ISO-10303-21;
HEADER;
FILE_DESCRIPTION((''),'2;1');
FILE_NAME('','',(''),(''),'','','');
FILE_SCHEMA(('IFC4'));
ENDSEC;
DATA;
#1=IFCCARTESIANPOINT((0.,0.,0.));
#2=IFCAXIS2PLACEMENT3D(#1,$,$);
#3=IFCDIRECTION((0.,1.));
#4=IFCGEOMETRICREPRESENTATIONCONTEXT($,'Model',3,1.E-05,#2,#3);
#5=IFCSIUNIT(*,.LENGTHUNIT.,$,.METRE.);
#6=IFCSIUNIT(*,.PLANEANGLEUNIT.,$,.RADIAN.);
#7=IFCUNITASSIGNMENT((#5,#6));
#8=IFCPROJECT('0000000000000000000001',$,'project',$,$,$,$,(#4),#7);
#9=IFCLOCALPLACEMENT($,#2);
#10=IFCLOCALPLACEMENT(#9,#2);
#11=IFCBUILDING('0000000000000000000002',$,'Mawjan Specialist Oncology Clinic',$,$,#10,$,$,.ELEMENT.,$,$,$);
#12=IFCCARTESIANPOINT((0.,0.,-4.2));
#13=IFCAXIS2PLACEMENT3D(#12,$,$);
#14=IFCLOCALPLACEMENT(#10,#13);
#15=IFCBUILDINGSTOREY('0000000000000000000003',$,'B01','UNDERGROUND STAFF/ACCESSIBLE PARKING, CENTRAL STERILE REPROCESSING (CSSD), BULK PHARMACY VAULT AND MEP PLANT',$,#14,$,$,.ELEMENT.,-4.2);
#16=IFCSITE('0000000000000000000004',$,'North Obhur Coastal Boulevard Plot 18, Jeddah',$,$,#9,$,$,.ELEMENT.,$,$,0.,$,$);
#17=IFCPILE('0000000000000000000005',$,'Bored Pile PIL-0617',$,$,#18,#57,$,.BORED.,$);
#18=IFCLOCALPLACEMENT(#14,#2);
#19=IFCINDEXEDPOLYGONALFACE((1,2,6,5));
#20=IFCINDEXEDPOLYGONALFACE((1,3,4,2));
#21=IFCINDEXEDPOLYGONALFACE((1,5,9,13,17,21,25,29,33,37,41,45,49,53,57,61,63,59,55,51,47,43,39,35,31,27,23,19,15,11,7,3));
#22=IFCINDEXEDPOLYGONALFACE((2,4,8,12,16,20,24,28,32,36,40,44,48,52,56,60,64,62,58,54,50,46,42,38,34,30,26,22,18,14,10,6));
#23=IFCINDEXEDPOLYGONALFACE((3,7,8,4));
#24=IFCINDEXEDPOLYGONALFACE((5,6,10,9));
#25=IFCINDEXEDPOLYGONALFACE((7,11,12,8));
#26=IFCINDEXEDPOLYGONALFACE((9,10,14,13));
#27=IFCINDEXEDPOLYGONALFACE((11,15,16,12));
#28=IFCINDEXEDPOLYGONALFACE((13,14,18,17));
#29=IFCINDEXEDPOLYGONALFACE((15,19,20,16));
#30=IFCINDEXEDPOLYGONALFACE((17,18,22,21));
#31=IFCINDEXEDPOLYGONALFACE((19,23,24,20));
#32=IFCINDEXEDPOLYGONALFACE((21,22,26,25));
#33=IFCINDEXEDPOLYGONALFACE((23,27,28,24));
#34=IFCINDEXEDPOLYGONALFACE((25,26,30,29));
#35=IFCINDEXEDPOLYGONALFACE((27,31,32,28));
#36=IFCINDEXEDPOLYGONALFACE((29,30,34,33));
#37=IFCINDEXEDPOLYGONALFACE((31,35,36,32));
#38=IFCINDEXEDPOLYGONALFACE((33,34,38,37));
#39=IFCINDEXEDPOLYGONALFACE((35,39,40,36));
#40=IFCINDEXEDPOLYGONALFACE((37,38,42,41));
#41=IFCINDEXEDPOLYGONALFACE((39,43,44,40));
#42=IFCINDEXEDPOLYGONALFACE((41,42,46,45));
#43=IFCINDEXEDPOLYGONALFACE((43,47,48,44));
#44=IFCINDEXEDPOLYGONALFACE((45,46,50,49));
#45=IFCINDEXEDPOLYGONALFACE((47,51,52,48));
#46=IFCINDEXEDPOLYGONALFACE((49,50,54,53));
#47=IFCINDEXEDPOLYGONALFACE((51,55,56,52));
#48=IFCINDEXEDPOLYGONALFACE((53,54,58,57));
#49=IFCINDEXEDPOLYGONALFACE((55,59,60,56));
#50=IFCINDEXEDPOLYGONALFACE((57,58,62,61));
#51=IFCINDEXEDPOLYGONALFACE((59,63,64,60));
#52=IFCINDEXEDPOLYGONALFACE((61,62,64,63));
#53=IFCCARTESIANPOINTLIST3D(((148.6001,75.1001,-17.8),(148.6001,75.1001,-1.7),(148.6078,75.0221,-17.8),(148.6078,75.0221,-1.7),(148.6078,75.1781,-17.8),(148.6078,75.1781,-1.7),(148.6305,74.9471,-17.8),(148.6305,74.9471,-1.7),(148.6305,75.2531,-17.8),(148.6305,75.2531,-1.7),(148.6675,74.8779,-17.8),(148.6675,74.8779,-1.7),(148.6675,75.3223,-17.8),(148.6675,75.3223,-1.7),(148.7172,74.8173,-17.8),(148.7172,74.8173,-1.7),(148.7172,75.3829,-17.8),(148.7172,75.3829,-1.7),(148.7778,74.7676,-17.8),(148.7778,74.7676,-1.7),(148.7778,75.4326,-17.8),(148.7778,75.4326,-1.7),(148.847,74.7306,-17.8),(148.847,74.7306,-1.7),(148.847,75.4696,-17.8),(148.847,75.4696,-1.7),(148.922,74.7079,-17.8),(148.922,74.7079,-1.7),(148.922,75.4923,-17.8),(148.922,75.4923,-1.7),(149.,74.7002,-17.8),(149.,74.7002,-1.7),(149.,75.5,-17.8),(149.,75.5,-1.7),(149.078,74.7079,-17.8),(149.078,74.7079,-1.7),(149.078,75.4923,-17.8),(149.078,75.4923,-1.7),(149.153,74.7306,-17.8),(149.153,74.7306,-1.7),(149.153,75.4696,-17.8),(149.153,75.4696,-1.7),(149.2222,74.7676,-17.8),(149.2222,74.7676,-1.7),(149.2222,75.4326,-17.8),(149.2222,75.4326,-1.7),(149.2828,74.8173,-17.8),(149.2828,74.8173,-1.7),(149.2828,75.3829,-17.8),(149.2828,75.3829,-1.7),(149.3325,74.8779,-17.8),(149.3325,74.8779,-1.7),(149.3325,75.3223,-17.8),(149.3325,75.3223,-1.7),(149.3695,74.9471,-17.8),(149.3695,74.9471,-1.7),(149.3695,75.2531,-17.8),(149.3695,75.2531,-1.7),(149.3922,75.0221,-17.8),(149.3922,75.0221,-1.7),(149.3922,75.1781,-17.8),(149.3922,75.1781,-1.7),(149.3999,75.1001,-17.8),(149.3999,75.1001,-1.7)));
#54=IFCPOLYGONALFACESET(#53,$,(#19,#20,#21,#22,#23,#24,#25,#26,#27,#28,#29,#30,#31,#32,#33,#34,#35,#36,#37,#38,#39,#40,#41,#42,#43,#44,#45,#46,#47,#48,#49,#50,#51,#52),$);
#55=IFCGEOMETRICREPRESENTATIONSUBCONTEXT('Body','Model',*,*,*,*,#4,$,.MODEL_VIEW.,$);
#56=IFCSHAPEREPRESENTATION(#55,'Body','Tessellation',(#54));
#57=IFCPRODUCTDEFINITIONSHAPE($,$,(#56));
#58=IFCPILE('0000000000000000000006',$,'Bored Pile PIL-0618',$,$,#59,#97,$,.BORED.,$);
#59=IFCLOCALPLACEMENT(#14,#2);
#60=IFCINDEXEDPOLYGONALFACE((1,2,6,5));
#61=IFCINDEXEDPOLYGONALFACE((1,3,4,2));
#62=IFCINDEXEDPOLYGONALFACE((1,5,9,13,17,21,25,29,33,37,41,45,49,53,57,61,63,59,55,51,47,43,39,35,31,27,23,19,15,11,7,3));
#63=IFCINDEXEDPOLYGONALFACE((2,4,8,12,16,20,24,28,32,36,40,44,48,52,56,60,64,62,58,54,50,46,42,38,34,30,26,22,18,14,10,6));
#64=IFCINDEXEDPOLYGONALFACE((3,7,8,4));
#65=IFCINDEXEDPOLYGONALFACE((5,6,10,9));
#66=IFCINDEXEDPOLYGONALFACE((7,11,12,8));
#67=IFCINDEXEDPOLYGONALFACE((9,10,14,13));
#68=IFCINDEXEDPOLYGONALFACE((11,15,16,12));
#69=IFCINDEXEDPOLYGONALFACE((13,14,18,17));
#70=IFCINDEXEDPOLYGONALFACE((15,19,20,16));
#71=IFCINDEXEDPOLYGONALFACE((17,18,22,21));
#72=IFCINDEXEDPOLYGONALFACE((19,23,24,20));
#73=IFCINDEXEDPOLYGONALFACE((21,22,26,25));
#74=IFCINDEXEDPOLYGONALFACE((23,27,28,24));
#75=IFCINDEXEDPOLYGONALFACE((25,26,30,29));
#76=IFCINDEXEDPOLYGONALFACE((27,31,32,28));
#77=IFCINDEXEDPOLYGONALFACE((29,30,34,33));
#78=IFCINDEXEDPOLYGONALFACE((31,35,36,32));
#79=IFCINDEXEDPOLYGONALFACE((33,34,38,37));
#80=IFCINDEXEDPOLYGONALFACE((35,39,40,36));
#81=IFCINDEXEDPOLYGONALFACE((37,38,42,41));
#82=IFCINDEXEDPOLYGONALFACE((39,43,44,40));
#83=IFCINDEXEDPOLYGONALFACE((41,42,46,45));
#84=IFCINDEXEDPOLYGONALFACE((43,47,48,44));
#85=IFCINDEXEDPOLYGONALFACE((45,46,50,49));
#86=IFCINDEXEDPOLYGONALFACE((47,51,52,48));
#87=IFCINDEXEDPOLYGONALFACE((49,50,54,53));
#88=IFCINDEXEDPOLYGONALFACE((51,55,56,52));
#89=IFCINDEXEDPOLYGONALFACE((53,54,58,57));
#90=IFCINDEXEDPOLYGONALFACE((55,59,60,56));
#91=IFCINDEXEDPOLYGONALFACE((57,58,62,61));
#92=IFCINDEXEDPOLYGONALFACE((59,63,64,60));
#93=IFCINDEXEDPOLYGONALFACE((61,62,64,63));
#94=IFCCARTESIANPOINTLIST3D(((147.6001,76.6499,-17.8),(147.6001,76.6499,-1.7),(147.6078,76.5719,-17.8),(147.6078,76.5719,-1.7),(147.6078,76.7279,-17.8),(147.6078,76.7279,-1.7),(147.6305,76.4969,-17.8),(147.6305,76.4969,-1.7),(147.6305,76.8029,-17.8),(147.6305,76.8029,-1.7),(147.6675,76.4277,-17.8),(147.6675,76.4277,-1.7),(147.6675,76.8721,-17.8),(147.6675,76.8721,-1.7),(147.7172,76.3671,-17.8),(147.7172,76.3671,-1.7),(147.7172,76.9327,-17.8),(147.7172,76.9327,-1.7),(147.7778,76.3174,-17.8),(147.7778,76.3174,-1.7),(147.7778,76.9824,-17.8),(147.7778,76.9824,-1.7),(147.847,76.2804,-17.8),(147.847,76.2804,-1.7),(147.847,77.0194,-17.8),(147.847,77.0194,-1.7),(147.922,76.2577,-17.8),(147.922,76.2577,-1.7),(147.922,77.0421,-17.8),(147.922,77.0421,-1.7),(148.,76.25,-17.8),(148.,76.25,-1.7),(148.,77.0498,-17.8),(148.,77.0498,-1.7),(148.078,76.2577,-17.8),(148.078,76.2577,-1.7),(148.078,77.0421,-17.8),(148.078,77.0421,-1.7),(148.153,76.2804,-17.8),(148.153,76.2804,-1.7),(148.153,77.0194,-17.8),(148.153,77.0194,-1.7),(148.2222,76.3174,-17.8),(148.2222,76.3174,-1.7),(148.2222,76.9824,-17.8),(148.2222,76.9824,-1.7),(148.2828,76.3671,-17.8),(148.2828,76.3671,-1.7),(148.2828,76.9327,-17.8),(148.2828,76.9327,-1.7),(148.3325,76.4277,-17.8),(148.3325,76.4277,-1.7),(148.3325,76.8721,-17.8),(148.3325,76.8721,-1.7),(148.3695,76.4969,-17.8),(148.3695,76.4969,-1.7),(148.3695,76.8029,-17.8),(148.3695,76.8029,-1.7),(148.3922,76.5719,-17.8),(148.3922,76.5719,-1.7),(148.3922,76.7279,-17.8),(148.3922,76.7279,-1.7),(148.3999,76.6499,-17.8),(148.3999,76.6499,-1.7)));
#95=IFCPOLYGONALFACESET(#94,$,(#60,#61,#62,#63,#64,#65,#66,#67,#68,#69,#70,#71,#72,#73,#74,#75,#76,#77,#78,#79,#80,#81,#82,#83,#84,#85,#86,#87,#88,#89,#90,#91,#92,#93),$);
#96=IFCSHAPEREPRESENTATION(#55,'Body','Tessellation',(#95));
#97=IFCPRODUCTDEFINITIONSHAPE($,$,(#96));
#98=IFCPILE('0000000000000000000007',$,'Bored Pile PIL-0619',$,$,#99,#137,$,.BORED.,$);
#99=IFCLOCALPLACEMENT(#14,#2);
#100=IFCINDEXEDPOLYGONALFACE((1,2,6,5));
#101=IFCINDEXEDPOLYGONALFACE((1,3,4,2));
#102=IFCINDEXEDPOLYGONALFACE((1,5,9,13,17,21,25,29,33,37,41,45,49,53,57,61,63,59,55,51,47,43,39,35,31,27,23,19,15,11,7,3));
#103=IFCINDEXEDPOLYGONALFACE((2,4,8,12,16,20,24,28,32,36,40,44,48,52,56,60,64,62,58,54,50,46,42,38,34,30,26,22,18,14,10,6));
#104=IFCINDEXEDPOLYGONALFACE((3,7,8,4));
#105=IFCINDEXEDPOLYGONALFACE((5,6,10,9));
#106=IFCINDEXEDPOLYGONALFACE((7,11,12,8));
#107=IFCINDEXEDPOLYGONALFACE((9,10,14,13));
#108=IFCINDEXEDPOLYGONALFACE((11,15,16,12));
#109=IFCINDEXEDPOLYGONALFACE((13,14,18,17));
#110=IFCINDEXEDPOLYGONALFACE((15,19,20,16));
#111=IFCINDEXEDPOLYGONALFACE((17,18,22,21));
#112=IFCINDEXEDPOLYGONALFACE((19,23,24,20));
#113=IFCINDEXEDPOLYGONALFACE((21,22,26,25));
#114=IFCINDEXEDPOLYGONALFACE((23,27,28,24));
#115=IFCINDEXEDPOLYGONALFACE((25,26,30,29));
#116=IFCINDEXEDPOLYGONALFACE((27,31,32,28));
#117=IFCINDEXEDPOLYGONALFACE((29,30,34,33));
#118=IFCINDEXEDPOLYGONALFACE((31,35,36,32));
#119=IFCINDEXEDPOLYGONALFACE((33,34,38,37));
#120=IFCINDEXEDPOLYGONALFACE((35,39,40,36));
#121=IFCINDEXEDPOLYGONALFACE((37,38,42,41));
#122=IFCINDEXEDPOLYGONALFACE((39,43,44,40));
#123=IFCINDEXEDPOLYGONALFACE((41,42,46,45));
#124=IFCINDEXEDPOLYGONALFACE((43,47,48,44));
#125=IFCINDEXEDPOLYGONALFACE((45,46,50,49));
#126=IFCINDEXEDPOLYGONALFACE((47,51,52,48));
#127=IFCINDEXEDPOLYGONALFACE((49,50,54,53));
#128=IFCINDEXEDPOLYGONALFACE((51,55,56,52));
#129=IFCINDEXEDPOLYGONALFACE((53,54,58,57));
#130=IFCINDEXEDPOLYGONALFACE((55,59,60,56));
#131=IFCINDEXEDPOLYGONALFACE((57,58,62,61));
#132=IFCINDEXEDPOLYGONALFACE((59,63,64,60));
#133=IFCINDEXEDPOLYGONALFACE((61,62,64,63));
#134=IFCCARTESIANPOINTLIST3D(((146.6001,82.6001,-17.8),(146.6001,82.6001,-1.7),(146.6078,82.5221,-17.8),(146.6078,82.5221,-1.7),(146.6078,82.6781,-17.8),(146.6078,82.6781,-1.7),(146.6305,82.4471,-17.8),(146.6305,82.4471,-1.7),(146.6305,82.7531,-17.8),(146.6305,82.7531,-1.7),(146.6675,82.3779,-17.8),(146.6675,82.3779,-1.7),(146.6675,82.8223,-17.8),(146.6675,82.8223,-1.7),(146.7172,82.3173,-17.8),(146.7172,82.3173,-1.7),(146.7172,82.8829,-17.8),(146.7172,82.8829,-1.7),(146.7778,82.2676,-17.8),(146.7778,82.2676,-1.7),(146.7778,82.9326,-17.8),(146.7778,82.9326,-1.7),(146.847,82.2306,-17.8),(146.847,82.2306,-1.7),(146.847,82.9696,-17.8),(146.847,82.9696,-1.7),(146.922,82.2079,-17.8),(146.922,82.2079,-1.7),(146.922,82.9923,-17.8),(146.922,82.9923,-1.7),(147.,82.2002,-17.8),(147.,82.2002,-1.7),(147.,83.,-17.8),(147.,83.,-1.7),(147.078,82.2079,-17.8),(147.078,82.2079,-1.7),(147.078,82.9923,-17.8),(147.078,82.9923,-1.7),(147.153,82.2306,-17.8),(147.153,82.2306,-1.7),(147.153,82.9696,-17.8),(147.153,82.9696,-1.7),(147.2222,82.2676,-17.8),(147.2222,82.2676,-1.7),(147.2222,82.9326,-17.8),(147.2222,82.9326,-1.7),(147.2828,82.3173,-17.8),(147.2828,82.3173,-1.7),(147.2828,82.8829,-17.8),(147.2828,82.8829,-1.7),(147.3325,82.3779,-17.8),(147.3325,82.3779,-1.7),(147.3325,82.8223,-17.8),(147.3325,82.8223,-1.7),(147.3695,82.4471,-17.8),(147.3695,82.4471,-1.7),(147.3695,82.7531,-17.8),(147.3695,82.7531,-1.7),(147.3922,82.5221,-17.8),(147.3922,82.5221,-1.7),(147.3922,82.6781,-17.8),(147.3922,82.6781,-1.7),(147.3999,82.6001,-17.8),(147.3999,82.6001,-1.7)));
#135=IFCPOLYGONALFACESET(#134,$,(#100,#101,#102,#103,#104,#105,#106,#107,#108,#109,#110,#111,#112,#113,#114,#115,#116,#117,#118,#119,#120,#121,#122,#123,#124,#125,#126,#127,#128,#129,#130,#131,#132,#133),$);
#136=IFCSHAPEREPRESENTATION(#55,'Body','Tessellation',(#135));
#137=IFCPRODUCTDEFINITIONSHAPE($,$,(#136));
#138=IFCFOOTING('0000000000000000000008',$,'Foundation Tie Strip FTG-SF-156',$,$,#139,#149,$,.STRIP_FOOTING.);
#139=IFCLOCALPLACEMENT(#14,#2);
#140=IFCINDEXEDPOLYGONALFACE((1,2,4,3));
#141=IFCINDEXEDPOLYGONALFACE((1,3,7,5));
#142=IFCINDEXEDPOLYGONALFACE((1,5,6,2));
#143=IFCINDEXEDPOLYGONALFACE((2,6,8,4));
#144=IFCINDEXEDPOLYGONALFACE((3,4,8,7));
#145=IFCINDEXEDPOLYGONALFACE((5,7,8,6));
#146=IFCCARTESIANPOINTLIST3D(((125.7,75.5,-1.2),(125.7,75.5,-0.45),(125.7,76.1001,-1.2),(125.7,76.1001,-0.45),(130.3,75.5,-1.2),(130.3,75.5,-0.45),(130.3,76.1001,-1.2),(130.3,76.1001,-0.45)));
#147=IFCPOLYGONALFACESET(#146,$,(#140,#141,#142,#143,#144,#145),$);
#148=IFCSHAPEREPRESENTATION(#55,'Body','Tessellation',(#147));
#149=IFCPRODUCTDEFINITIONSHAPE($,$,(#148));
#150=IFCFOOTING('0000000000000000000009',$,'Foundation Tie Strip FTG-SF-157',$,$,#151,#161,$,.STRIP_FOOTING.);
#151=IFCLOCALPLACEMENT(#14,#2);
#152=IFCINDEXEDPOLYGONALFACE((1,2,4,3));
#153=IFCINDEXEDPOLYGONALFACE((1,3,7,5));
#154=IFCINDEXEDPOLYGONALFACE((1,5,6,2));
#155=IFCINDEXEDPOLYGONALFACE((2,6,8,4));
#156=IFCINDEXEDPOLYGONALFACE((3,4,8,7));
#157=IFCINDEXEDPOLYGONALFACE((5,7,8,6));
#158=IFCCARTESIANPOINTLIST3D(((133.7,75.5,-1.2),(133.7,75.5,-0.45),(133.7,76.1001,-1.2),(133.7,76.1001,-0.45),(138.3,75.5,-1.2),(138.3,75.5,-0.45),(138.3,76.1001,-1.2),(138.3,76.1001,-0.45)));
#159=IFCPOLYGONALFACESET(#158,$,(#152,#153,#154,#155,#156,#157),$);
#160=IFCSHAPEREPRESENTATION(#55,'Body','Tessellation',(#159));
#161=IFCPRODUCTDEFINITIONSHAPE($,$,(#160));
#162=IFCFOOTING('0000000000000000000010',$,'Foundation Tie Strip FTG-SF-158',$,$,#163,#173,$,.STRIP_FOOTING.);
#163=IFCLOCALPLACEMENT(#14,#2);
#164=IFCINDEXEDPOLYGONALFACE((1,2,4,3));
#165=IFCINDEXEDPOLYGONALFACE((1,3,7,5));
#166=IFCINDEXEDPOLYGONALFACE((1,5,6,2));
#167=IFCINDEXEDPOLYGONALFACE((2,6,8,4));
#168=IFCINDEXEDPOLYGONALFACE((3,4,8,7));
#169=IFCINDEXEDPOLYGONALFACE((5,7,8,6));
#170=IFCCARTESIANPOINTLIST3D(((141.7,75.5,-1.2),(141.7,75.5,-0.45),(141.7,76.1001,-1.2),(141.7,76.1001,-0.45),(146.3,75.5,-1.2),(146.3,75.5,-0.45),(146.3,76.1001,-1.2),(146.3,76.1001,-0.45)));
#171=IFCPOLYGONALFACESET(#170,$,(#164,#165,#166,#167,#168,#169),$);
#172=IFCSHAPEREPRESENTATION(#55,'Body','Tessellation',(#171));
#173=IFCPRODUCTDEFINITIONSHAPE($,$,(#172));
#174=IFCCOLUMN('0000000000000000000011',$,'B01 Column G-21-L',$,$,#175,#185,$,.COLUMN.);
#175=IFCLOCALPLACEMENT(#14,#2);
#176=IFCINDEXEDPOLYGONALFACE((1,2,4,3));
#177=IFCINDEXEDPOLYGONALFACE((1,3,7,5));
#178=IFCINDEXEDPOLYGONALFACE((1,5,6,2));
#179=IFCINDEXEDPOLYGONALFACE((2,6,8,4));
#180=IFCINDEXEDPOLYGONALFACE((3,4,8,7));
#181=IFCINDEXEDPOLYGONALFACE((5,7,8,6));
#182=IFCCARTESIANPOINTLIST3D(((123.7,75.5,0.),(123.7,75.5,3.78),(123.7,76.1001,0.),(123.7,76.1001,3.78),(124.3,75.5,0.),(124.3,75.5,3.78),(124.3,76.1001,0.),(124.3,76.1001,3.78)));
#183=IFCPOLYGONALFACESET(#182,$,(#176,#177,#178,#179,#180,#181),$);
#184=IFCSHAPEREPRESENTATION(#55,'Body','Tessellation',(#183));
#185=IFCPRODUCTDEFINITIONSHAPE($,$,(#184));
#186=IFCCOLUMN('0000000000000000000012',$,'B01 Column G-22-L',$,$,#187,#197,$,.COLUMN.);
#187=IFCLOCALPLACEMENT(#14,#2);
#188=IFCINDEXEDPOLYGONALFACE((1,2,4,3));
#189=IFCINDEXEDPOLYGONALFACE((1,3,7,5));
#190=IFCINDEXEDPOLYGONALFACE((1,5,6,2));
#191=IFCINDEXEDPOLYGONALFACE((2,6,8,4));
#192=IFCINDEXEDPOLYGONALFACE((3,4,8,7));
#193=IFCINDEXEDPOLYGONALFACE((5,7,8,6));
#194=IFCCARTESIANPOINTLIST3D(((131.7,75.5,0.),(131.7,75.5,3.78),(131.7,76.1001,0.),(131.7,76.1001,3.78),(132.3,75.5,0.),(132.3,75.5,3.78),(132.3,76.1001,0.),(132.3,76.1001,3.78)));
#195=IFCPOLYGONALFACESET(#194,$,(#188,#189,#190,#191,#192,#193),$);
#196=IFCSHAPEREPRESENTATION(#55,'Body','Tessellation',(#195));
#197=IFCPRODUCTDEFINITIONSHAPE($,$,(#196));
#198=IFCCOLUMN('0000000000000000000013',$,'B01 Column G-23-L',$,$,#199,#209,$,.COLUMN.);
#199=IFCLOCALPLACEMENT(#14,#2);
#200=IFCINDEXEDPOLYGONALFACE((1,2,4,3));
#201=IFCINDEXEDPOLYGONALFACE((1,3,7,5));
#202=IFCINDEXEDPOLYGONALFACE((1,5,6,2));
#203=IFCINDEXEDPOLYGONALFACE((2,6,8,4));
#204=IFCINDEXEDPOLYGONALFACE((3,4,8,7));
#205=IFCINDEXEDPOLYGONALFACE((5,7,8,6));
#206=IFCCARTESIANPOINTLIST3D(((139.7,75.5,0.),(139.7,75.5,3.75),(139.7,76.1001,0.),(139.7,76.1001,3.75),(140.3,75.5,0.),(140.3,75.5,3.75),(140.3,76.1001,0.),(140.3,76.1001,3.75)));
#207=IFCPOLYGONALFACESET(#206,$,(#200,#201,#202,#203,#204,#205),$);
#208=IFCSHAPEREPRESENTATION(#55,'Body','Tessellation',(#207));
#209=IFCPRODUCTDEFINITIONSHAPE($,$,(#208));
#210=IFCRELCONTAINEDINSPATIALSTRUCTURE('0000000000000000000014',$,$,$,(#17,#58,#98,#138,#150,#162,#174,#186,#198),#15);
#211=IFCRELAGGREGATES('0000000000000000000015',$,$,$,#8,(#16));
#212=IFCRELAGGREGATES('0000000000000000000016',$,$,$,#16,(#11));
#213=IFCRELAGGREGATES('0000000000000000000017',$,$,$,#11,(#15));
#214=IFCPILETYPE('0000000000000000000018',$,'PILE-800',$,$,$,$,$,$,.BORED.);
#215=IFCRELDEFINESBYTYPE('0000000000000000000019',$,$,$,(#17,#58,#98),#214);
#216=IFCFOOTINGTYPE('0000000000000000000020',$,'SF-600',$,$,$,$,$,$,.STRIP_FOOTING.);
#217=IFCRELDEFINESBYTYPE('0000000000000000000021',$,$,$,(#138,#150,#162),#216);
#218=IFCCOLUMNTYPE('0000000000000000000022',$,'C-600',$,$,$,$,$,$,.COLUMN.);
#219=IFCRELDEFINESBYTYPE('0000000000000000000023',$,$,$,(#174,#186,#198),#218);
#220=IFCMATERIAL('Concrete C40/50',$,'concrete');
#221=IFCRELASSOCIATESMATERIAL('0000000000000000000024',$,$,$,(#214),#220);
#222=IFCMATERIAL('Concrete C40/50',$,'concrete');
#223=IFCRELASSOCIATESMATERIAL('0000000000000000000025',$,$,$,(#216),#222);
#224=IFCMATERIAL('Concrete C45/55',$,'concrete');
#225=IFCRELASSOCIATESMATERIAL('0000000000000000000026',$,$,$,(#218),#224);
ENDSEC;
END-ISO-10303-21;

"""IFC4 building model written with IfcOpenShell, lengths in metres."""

from ifc_helpers import new_model, si_unit, direction, frame, origin, origin_2d, place, context, subcontext, project, spatial, rectangle, circle, extrude, material, material_profile, profile_set, type_object, element, save


model = new_model("IFC4")

# Units and contexts
model_context = context("Model", 3, precision=1e-05, world=origin(), true_north=direction((0.0, 1.0)))
body_context = subcontext(model_context, "Body", "Model", "MODEL_VIEW")
ifc_project = project(units=[si_unit("LENGTHUNIT", "METRE"), si_unit("PLANEANGLEUNIT", "RADIAN")], contexts=[model_context])

# Site, building, storey
site_placement = place(None, origin())
site = spatial("IfcSite", under=ifc_project, at=site_placement, Name="North Obhur Coastal Boulevard Plot 18, Jeddah", CompositionType="ELEMENT", RefElevation=0.0)
building_placement = place(site_placement, origin())
building = spatial("IfcBuilding", under=site, at=building_placement, Name="Mawjan Specialist Oncology Clinic", CompositionType="ELEMENT")
storey_placement = place(building_placement, frame((0.0, 0.0, -4.2)))
storey = spatial("IfcBuildingStorey", under=building, at=storey_placement, Name="B01", Description="UNDERGROUND STAFF/ACCESSIBLE PARKING, CENTRAL STERILE REPROCESSING (CSSD), BULK PHARMACY VAULT AND MEP PLANT", CompositionType="ELEMENT", Elevation=-4.2)

# Piles
ifc_material_1 = material(Name="Concrete C40/50", Category="concrete")
ifc_material_profile_1 = material_profile(ifc_material_1, circle(Radius=0.3999, at=origin_2d()), Name="BORED PILE D800", Category="concrete")
ifc_profile_set_1 = profile_set([ifc_material_profile_1], Name="Concrete C40/50")
pile_type = type_object("IfcPileType", Name="PILE-800", PredefinedType="BORED", material=ifc_profile_set_1)
for number, where, z_axis, x_axis, name in (
    (1, (149.0, 75.1001, -1.7), (0.0, 0.0, -1.0), (1.0, 0.0, 0.0), "Bored Pile PIL-0617"),
    (2, (148.0, 76.6499, -1.7), (0.0, 0.0, -1.0), (1.0, 0.0, 0.0), "Bored Pile PIL-0618"),
    (3, (147.0, 82.6001, -1.7), (0.0, 0.0, -1.0), (1.0, 0.0, 0.0), "Bored Pile PIL-0619"),
):
    element("IfcPile", number, at=place(storey_placement, frame(where, z_axis=z_axis, x_axis=x_axis)), inside=storey, type_object=pile_type, Name=name, PredefinedType="BORED", context=body_context, shape_type="SweptSolid", body=[
        extrude(circle(Radius=0.3999, at=origin_2d()), origin(), (0.0, 0.0, 1.0), 16.1001),
    ])

# Footings
ifc_material_2 = material(Name="Concrete C40/50", Category="concrete")
footing_type_1 = type_object("IfcFootingType", Name="SF-600", PredefinedType="STRIP_FOOTING", material=ifc_material_2)
for number, where, z_axis, x_axis, name in (
    (4, (128.0, 75.8, -1.2), (0.0, 0.0, 1.0), (1.0, 0.0, 0.0), "Foundation Tie Strip FTG-SF-156"),
    (5, (136.0, 75.8, -1.2), (0.0, 0.0, 1.0), (1.0, 0.0, 0.0), "Foundation Tie Strip FTG-SF-157"),
    (6, (144.0, 75.8, -1.2), (0.0, 0.0, 1.0), (1.0, 0.0, 0.0), "Foundation Tie Strip FTG-SF-158"),
):
    element("IfcFooting", number, at=place(storey_placement, frame(where, z_axis=z_axis, x_axis=x_axis)), inside=storey, type_object=footing_type_1, Name=name, PredefinedType="STRIP_FOOTING", context=body_context, shape_type="SweptSolid", body=[
        extrude(rectangle(XDim=4.6001, YDim=0.6001, at=origin_2d()), origin(), (0.0, 0.0, 1.0), 0.75),
    ])

# Columns
ifc_material_3 = material(Name="Concrete C45/55", Category="concrete")
ifc_material_profile_2 = material_profile(ifc_material_3, rectangle(XDim=0.6001, YDim=0.6001, at=origin_2d()), Name="RC COL 600x600", Category="concrete")
ifc_profile_set_2 = profile_set([ifc_material_profile_2], Name="Concrete C45/55")
column_type = type_object("IfcColumnType", Name="C-600", PredefinedType="COLUMN", material=ifc_profile_set_2)
for number, where, z_axis, x_axis, name in (
    (7, (124.0, 75.8, 0.0), (0.0, 0.0, 1.0), (1.0, 0.0, 0.0), "B01 Column G-21-L"),
    (8, (132.0, 75.8, 0.0), (0.0, 0.0, 1.0), (1.0, 0.0, 0.0), "B01 Column G-22-L"),
):
    element("IfcColumn", number, at=place(storey_placement, frame(where, z_axis=z_axis, x_axis=x_axis)), inside=storey, type_object=column_type, Name=name, PredefinedType="COLUMN", context=body_context, shape_type="SweptSolid", body=[
        extrude(rectangle(XDim=0.6001, YDim=0.6001, at=origin_2d()), origin(), (0.0, 0.0, 1.0), 3.78),
    ])
for number, where, z_axis, x_axis, name in (
    (9, (140.0, 75.8, 0.0), (0.0, 0.0, 1.0), (1.0, 0.0, 0.0), "B01 Column G-23-L"),
):
    element("IfcColumn", number, at=place(storey_placement, frame(where, z_axis=z_axis, x_axis=x_axis)), inside=storey, type_object=column_type, Name=name, PredefinedType="COLUMN", context=body_context, shape_type="SweptSolid", body=[
        extrude(rectangle(XDim=0.6001, YDim=0.6001, at=origin_2d()), origin(), (0.0, 0.0, 1.0), 3.75),
    ])

save(model, "model.ifc")
